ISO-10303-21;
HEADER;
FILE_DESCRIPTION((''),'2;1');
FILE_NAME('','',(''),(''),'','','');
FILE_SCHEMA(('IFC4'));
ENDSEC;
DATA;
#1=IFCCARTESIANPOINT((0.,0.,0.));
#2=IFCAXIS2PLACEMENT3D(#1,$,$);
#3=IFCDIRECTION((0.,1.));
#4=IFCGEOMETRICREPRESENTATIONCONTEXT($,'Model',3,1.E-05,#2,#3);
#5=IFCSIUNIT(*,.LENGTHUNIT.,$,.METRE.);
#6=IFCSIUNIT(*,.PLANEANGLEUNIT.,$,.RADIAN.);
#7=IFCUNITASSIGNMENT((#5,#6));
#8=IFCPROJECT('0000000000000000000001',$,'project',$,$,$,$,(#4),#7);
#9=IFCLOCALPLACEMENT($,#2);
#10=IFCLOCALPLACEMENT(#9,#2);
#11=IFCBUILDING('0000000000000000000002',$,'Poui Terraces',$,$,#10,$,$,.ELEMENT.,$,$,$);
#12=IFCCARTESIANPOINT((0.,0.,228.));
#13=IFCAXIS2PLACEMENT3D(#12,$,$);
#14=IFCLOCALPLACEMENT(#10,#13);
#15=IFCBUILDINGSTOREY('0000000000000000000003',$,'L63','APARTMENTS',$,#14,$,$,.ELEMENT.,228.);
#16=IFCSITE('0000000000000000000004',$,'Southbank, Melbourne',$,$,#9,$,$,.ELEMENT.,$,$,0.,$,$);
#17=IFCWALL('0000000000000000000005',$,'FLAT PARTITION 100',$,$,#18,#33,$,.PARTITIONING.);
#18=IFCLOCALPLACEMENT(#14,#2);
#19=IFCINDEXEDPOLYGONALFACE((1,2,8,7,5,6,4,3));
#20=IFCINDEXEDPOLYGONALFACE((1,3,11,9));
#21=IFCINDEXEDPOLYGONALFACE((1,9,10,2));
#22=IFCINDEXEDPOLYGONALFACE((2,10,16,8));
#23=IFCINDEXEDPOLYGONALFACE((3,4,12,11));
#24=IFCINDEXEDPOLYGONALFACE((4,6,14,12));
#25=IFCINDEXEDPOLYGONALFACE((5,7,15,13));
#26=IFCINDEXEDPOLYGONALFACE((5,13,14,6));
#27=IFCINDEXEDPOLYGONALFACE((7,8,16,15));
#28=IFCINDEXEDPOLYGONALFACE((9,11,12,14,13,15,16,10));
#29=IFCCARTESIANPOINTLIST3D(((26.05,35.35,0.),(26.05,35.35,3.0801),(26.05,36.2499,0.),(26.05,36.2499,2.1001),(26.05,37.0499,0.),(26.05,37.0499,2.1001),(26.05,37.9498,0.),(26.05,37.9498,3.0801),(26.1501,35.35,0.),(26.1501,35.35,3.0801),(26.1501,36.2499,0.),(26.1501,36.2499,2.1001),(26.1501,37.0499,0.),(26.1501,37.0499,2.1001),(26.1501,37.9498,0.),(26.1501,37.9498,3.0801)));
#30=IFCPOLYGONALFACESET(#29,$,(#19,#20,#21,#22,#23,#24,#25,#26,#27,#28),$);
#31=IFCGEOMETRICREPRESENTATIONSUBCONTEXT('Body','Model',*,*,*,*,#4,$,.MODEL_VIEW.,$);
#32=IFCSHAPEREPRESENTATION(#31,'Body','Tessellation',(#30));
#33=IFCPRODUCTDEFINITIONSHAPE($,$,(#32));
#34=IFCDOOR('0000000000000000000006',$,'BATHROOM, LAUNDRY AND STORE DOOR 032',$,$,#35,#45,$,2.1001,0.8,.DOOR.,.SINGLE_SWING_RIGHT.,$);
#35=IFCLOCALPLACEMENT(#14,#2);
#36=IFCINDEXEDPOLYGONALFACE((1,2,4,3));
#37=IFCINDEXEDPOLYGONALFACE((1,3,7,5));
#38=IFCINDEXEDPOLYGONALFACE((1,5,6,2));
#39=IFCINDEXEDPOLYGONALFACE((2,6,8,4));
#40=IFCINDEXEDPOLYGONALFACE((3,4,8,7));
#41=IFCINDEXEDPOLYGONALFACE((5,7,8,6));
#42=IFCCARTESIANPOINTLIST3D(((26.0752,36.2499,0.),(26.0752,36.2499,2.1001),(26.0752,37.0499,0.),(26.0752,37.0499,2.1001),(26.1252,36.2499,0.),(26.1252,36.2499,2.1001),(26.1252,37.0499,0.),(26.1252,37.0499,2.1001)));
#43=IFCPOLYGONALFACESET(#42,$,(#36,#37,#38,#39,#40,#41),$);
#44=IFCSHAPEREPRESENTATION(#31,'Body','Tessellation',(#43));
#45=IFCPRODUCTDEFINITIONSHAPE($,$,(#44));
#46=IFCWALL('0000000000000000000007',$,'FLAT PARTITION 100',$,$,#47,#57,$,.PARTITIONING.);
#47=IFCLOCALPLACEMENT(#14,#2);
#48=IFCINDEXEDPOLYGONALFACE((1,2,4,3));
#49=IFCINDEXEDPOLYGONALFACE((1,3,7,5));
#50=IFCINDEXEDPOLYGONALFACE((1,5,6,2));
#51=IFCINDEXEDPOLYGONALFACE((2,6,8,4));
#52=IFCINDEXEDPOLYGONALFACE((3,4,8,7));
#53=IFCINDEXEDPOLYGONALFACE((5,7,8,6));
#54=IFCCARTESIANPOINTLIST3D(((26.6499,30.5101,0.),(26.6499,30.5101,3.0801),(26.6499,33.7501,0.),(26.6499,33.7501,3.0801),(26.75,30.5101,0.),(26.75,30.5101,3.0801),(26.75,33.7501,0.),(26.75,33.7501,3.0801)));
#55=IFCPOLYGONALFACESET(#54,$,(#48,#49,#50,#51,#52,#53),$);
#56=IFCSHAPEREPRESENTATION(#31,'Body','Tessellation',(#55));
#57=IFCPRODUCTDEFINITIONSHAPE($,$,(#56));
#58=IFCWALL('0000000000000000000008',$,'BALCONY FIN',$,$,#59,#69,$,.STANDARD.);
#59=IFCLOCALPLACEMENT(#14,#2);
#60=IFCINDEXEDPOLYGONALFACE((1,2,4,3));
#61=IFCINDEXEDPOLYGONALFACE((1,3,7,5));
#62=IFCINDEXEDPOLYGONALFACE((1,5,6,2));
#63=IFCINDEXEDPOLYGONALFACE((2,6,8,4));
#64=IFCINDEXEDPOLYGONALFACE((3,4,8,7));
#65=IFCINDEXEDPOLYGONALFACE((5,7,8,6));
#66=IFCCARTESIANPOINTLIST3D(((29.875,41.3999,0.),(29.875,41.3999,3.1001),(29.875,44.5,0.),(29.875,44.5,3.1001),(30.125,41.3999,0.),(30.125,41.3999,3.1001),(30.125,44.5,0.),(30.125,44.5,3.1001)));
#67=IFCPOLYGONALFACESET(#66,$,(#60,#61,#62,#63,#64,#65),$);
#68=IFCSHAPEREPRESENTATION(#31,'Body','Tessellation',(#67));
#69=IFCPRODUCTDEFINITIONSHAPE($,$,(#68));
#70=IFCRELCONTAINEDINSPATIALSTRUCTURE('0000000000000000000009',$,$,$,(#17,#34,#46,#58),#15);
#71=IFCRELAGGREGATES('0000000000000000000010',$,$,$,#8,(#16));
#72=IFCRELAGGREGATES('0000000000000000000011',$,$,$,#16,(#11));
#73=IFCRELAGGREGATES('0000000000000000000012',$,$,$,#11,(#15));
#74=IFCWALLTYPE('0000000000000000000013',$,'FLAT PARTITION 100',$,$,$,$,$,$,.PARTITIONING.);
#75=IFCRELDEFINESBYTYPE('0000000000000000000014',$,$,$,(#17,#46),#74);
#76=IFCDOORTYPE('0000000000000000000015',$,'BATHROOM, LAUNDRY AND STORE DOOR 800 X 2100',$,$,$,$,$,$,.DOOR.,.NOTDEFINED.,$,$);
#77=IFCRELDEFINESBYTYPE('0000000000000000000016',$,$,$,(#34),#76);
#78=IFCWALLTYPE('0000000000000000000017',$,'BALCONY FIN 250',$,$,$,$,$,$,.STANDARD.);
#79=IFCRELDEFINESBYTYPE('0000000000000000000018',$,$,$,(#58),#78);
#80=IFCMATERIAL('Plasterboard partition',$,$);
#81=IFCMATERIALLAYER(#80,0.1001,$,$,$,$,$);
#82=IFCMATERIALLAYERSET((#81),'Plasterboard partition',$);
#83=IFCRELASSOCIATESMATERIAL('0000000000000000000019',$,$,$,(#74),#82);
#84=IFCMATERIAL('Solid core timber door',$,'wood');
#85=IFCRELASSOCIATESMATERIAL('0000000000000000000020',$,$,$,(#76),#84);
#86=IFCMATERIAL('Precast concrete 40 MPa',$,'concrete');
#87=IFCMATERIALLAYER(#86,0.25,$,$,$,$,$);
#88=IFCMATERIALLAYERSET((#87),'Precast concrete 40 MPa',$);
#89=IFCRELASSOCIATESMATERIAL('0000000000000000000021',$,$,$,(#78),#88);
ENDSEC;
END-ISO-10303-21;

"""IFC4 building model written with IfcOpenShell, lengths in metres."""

from ifc_helpers import new_model, si_unit, direction, frame, frame_2d, origin, place, context, subcontext, project, spatial, polyline, rectangle, outline, extrude, source, transform, mapped, material, layer, layer_set, type_object, element, fill, save


model = new_model("IFC4")

# Units and contexts
model_context = context("Model", 3, precision=1e-05, world=origin(), true_north=direction((0.0, 1.0)))
body_context = subcontext(model_context, "Body", "Model", "MODEL_VIEW")
ifc_project = project(units=[si_unit("LENGTHUNIT", "METRE"), si_unit("PLANEANGLEUNIT", "RADIAN")], contexts=[model_context])

# Site, building, storey
site_placement = place(None, origin())
site = spatial("IfcSite", under=ifc_project, at=site_placement, Name="Southbank, Melbourne", CompositionType="ELEMENT", RefElevation=0.0)
building_placement = place(site_placement, origin())
building = spatial("IfcBuilding", under=site, at=building_placement, Name="Poui Terraces", CompositionType="ELEMENT")
storey_placement = place(building_placement, frame((0.0, 0.0, 228.0)))
storey = spatial("IfcBuildingStorey", under=building, at=storey_placement, Name="L63", Description="APARTMENTS", CompositionType="ELEMENT", Elevation=228.0)

# Shared definitions
ifc_material_1 = material(Name="Solid core timber door", Category="wood")
ifc_material_2 = material(Name="Plasterboard partition")
ifc_layer_1 = layer(ifc_material_2, 0.1001)
ifc_layer_set_1 = layer_set([ifc_layer_1], Name="Plasterboard partition")
wall_type_1 = type_object("IfcWallType", Name="FLAT PARTITION 100", PredefinedType="PARTITIONING", material=ifc_layer_set_1)
door_type_1 = type_object("IfcDoorType", Name="BATHROOM, LAUNDRY AND STORE DOOR 800 X 2100", OperationType="NOTDEFINED", PredefinedType="DOOR", material=ifc_material_1)

# Wall, opening, door
wall_1_placement = place(storey_placement, frame((26.1001, 35.3501, 0.0), z_axis=(0.0, 0.0, 1.0), x_axis=(0.0, 1.0, 0.0)))
wall_1 = element("IfcWall", 1, at=wall_1_placement, inside=storey, type_object=wall_type_1, Name="FLAT PARTITION 100", PredefinedType="PARTITIONING", context=body_context, shape_type="SweptSolid", body=[
    extrude(rectangle(XDim=2.5999, YDim=0.1001, at=frame_2d((1.2998, 0.0))), origin(), (0.0, 0.0, 1.0), 3.0801),
])
opening_1_placement = place(wall_1_placement, frame((0.8999, 0.0, 0.0)))
opening_1 = element("IfcOpeningElement", 2, at=opening_1_placement, cuts=wall_1, PredefinedType="OPENING", context=body_context, shape_type="SweptSolid", body=[
    extrude(rectangle(XDim=0.8, YDim=2.1001, at=frame_2d((0.3999, 1.05))), frame((0.0, 0.0601, 0.0), z_axis=(0.0, -1.0, 0.0), x_axis=(1.0, 0.0, 0.0)), (0.0, 0.0, 1.0), 0.1201),
])
door_1_placement = place(opening_1_placement, origin())
door_1 = element("IfcDoor", 3, at=door_1_placement, inside=storey, type_object=door_type_1, Name="BATHROOM, LAUNDRY AND STORE DOOR 032", OperationType="SINGLE_SWING_RIGHT", OverallHeight=2.1001, OverallWidth=0.8, PredefinedType="DOOR", context=body_context, shape_type="SweptSolid", body=[
    extrude(rectangle(XDim=0.8, YDim=2.1001, at=frame_2d((0.3999, 1.05))), frame((0.0, 0.0249, 0.0), z_axis=(0.0, -1.0, 0.0), x_axis=(1.0, 0.0, 0.0)), (0.0, 0.0, 1.0), 0.05),
])
fill(opening_1, door_1)

# Walls
wall_2_placement = place(storey_placement, frame((26.7, 30.51, 0.0), z_axis=(0.0, 0.0, 1.0), x_axis=(0.0, 1.0, 0.0)))
element("IfcWall", 4, at=wall_2_placement, inside=storey, type_object=wall_type_1, Name="FLAT PARTITION 100", PredefinedType="PARTITIONING", context=body_context, shape_type="SweptSolid", body=[
    extrude(rectangle(XDim=3.24, YDim=0.1001, at=frame_2d((1.6201, 0.0))), origin(), (0.0, 0.0, 1.0), 3.0801),
])
ifc_material_3 = material(Name="Precast concrete 40 MPa", Category="concrete")
ifc_layer_2 = layer(ifc_material_3, 0.25)
ifc_layer_set_2 = layer_set([ifc_layer_2], Name="Precast concrete 40 MPa")
wall_type_2 = type_object("IfcWallType", Name="BALCONY FIN 250", PredefinedType="STANDARD", material=ifc_layer_set_2)
shared_shape_1 = source(origin(), body_context, "Body", "SweptSolid", [
    extrude(outline(polyline([(0.0, 0.0), (0.25, 0.0), (0.25, 3.1001), (0.0, 3.1001), (0.0, 0.0)])), origin(), (0.0, 0.0, 1.0), 3.1001),
])
wall_3_placement = place(storey_placement, frame((29.875, 41.3999, 0.0)))
element("IfcWall", 5, at=wall_3_placement, inside=storey, type_object=wall_type_2, Name="BALCONY FIN", PredefinedType="STANDARD", context=body_context, shape_type="MappedRepresentation", body=[
    mapped(shared_shape_1, transform((0.0, 0.0, 0.0))),
])

save(model, "model.ifc")
